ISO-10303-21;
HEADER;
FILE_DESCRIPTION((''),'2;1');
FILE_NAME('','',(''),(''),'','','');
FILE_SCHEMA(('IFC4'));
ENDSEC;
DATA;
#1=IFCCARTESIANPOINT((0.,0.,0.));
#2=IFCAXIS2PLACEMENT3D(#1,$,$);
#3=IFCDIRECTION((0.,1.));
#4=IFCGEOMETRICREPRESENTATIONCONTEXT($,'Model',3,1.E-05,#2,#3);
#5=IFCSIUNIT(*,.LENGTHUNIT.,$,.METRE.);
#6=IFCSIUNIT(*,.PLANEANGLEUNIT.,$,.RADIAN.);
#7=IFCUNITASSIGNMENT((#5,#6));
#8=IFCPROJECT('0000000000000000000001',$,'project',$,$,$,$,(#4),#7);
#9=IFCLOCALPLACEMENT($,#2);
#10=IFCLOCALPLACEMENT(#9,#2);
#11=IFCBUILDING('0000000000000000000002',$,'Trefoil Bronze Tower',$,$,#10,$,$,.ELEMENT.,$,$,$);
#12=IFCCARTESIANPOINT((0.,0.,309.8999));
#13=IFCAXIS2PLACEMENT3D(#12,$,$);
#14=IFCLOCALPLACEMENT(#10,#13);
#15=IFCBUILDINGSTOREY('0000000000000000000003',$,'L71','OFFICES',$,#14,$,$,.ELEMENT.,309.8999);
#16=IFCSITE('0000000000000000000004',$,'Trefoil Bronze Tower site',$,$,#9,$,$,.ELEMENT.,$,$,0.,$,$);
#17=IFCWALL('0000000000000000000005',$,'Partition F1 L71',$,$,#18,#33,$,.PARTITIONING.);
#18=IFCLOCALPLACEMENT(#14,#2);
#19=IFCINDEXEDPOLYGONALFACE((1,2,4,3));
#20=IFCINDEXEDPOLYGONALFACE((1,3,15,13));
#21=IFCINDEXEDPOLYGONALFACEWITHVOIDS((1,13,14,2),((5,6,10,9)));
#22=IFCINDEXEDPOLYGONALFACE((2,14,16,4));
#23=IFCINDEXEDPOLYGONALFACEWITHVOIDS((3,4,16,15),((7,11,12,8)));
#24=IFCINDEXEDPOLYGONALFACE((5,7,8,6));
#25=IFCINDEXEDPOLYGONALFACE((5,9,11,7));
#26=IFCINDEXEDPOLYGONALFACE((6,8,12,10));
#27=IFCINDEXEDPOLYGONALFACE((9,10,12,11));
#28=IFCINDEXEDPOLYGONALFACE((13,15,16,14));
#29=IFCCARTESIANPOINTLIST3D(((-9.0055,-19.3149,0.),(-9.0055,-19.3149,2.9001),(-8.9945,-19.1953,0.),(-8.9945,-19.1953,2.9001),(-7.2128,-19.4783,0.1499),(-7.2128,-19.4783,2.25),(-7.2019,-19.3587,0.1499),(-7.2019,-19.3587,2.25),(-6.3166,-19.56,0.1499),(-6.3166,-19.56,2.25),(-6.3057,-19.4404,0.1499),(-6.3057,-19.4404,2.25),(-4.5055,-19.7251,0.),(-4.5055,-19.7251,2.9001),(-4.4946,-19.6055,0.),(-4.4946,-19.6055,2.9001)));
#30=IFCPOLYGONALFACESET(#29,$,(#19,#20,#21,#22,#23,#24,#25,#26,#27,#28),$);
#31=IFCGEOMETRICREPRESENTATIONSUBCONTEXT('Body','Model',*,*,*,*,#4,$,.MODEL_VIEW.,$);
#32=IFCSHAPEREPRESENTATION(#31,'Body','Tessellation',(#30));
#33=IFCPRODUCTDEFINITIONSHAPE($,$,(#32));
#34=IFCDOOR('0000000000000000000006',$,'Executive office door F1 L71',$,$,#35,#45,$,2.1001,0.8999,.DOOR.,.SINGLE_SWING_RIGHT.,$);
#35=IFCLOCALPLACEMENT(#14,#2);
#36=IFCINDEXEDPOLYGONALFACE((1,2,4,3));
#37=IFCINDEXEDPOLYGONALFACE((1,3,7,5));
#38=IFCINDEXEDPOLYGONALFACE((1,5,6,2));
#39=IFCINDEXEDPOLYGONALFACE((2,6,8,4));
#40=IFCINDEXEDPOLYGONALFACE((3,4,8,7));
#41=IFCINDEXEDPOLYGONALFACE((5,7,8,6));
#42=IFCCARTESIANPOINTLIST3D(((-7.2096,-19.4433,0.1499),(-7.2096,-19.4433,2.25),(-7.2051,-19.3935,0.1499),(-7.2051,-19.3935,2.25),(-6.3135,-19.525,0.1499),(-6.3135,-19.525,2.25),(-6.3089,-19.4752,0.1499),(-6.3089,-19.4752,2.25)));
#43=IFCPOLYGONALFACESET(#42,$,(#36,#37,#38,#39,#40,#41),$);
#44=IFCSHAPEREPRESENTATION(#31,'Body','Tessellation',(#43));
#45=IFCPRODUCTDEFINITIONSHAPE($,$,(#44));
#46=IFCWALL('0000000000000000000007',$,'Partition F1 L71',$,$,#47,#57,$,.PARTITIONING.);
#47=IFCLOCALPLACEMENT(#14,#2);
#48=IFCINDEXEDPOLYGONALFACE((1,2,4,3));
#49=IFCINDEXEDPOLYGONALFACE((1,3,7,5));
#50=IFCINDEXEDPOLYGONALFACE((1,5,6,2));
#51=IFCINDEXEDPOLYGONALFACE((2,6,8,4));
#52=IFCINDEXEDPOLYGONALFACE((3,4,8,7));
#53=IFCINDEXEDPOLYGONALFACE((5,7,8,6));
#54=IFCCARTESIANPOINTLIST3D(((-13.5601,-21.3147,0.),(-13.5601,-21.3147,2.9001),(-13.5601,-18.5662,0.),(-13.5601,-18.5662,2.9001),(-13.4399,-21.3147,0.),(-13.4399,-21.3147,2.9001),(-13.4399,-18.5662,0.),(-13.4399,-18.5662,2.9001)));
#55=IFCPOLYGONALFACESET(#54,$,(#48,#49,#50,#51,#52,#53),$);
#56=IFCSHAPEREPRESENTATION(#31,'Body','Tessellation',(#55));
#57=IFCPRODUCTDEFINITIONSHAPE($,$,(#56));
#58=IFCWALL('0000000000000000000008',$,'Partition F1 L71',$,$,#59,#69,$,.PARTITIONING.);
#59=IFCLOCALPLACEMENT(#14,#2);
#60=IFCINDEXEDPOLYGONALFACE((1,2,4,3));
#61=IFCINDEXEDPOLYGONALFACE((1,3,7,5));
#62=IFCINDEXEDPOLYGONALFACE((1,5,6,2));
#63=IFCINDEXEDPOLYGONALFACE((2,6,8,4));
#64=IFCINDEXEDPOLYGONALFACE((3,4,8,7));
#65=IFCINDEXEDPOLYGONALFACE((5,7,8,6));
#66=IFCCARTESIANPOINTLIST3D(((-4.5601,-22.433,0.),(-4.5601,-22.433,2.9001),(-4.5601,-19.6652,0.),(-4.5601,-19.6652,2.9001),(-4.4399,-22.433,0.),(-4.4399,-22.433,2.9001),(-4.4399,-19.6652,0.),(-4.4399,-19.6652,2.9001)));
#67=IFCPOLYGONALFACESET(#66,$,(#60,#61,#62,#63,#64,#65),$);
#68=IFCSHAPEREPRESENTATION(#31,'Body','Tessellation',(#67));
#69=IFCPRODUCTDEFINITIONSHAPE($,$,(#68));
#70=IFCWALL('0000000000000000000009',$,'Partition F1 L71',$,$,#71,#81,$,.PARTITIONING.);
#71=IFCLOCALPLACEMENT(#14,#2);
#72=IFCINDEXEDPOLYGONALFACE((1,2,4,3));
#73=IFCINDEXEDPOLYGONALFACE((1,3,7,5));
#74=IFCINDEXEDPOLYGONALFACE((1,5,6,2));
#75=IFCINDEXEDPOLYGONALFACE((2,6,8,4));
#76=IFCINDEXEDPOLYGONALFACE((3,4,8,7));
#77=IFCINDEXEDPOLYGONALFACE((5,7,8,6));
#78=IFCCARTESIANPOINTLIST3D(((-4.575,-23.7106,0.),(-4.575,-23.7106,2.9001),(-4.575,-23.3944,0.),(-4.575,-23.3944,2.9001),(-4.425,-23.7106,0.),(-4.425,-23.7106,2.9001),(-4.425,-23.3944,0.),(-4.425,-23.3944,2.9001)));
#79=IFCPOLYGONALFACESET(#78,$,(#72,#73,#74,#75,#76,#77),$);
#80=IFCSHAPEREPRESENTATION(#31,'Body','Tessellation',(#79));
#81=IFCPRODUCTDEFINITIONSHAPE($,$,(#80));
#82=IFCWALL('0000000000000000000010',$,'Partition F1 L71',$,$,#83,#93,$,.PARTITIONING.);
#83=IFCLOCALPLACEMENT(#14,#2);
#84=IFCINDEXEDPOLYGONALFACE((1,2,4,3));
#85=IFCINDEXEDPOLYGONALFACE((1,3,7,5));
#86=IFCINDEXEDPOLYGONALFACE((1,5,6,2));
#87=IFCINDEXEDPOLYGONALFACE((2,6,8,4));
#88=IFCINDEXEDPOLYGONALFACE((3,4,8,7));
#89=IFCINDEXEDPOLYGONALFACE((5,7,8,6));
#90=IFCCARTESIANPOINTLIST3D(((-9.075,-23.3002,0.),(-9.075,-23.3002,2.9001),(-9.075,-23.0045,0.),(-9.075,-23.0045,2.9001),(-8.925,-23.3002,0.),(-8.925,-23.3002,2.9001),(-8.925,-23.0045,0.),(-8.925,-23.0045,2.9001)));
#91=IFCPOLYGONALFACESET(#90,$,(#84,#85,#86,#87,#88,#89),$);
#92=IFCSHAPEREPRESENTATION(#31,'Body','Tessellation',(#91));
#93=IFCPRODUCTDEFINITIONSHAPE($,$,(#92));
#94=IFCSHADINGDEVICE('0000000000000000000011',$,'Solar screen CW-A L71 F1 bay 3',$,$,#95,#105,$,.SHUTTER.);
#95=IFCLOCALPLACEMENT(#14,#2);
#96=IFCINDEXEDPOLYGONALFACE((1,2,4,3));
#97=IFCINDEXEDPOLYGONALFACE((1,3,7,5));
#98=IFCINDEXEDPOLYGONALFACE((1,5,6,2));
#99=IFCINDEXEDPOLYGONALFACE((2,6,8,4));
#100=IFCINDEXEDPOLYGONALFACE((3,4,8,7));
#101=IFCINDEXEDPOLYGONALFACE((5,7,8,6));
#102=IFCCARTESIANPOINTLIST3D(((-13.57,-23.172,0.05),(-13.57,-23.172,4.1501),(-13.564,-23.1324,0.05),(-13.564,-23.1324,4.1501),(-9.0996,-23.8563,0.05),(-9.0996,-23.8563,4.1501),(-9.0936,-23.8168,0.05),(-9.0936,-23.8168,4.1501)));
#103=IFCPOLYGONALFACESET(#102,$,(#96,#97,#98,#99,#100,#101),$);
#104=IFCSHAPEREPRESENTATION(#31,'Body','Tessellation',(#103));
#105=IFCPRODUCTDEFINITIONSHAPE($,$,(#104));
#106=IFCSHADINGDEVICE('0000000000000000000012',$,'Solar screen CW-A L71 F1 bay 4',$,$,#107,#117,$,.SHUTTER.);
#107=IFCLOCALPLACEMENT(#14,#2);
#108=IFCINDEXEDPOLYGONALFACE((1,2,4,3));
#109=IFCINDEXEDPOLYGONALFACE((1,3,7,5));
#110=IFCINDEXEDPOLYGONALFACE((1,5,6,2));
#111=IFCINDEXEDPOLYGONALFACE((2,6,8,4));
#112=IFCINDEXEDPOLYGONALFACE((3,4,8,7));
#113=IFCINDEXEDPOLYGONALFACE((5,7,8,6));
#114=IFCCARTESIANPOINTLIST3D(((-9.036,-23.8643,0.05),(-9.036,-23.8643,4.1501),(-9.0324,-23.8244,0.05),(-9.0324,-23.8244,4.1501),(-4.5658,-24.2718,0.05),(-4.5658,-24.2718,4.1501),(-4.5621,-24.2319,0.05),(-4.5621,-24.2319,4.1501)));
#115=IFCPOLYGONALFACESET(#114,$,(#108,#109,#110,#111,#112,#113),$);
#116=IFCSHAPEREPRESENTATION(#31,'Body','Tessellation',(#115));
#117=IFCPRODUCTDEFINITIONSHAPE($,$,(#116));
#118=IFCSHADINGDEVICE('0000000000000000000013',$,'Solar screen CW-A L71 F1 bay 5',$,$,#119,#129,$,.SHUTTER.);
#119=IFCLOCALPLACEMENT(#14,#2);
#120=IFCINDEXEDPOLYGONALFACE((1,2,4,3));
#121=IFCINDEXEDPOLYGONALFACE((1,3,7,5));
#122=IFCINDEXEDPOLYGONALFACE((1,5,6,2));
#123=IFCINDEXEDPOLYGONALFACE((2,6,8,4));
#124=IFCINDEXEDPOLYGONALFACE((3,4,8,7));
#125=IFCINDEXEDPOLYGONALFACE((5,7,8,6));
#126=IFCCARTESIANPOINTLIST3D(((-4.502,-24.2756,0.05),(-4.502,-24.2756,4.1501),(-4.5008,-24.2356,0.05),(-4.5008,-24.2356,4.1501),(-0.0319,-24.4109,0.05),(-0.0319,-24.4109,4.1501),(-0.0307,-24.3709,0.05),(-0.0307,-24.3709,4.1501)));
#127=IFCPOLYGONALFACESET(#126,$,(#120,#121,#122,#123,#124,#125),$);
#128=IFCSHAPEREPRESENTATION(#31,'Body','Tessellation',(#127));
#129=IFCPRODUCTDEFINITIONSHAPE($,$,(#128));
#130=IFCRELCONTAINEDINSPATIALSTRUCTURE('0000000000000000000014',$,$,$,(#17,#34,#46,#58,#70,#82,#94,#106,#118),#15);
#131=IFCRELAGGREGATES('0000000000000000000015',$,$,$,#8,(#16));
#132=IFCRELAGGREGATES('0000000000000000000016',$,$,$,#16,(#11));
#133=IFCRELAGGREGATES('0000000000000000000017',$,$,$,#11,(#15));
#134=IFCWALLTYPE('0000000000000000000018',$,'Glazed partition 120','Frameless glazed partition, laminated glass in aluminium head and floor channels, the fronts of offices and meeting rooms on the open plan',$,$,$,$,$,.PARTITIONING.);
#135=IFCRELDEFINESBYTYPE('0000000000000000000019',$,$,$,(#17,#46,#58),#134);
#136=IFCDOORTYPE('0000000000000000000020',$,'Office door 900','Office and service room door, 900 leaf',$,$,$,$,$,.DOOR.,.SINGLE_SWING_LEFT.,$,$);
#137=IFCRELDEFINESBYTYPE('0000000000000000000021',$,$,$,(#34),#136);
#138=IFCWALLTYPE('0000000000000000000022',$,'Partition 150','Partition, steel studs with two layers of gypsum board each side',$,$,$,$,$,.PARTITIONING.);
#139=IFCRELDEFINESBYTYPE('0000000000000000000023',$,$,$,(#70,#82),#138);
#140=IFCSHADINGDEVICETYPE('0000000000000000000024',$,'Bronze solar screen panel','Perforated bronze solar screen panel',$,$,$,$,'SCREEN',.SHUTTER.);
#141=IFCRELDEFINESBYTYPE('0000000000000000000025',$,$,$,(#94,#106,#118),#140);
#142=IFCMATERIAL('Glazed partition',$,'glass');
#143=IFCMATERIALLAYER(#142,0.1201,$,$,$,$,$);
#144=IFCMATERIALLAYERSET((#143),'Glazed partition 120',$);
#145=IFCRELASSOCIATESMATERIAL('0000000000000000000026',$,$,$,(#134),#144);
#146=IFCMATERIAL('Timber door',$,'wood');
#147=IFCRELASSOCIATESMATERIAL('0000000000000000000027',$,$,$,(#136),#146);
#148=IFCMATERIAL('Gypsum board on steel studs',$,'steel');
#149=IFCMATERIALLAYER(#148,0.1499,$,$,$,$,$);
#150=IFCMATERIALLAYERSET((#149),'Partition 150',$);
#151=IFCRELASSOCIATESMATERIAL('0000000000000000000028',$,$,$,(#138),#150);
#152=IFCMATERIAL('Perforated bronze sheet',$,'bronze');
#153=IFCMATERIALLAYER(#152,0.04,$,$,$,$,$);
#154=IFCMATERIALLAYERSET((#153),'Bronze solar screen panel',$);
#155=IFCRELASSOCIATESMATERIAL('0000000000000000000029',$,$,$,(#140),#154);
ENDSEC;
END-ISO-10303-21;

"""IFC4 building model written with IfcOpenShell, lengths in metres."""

from ifc_helpers import new_model, si_unit, direction, frame, frame_2d, origin, origin_2d, place, context, subcontext, project, spatial, rectangle, extrude, material, layer, layer_set, type_object, element, fill, save


model = new_model("IFC4")

# Units and contexts
model_context = context("Model", 3, precision=1e-05, world=origin(), true_north=direction((0.0, 1.0)))
body_context = subcontext(model_context, "Body", "Model", "MODEL_VIEW")
ifc_project = project(units=[si_unit("LENGTHUNIT", "METRE"), si_unit("PLANEANGLEUNIT", "RADIAN")], contexts=[model_context])

# Site, building, storey
site_placement = place(None, origin())
site = spatial("IfcSite", under=ifc_project, at=site_placement, Name="Trefoil Bronze Tower site", CompositionType="ELEMENT", RefElevation=0.0)
building_placement = place(site_placement, origin())
building = spatial("IfcBuilding", under=site, at=building_placement, Name="Trefoil Bronze Tower", CompositionType="ELEMENT")
storey_placement = place(building_placement, frame((0.0, 0.0, 309.8999)))
storey = spatial("IfcBuildingStorey", under=building, at=storey_placement, Name="L71", Description="OFFICES", CompositionType="ELEMENT", Elevation=309.8999)

# Shared definitions
ifc_material_1 = material(Name="Glazed partition", Category="glass")
ifc_layer_1 = layer(ifc_material_1, 0.1201)
ifc_layer_set_1 = layer_set([ifc_layer_1], Name="Glazed partition 120")
wall_type_1 = type_object("IfcWallType", Name="Glazed partition 120", Description="Frameless glazed partition, laminated glass in aluminium head and floor channels, the fronts of offices and meeting rooms on the open plan", PredefinedType="PARTITIONING", material=ifc_layer_set_1)

# Wall, opening, door
wall_1_placement = place(storey_placement, frame((-9.0, -19.2551, 0.0), z_axis=(0.0, 0.0, 1.0), x_axis=(0.995872, -0.09077, 0.0)))
wall_1 = element("IfcWall", 1, at=wall_1_placement, inside=storey, type_object=wall_type_1, Name="Partition F1 L71", PredefinedType="PARTITIONING", context=body_context, shape_type="SweptSolid", body=[
    extrude(rectangle(XDim=4.5186, YDim=0.1201, at=frame_2d((2.2593, 0.0))), origin(), (0.0, 0.0, 1.0), 2.9001),
])
opening_placement = place(wall_1_placement, frame((1.8, 0.0, 0.1499)))
opening = element("IfcOpeningElement", 2, at=opening_placement, cuts=wall_1, PredefinedType="OPENING", context=body_context, shape_type="SweptSolid", body=[
    extrude(rectangle(XDim=0.8999, YDim=2.1001, at=frame_2d((0.45, 1.05))), frame((0.0, 0.0701, 0.0), z_axis=(0.0, -1.0, 0.0), x_axis=(1.0, 0.0, 0.0)), (0.0, 0.0, 1.0), 0.1401),
])
ifc_material_2 = material(Name="Timber door", Category="wood")
door_type = type_object("IfcDoorType", Name="Office door 900", Description="Office and service room door, 900 leaf", OperationType="SINGLE_SWING_LEFT", PredefinedType="DOOR", material=ifc_material_2)
door_placement = place(opening_placement, frame((0.8999, 0.0, 0.0), z_axis=(0.0, 0.0, 1.0), x_axis=(-1.0, 0.0, 0.0)))
door = element("IfcDoor", 3, at=door_placement, inside=storey, type_object=door_type, Name="Executive office door F1 L71", OperationType="SINGLE_SWING_RIGHT", OverallHeight=2.1001, OverallWidth=0.8999, PredefinedType="DOOR", context=body_context, shape_type="SweptSolid", body=[
    extrude(rectangle(XDim=0.8999, YDim=2.1001, at=frame_2d((0.45, 1.05))), frame((0.0, 0.0249, 0.0), z_axis=(0.0, -1.0, 0.0), x_axis=(1.0, 0.0, 0.0)), (0.0, 0.0, 1.0), 0.05),
])
fill(opening, door)

# Walls
wall_2_placement = place(storey_placement, frame((-13.5, -18.5662, 0.0), z_axis=(0.0, 0.0, 1.0), x_axis=(0.0, -1.0, 0.0)))
element("IfcWall", 4, at=wall_2_placement, inside=storey, type_object=wall_type_1, Name="Partition F1 L71", PredefinedType="PARTITIONING", context=body_context, shape_type="SweptSolid", body=[
    extrude(rectangle(XDim=2.7485, YDim=0.1201, at=frame_2d((1.3743, 0.0))), origin(), (0.0, 0.0, 1.0), 2.9001),
])
wall_3_placement = place(storey_placement, frame((-4.5, -19.6653, 0.0), z_axis=(0.0, 0.0, 1.0), x_axis=(0.0, -1.0, 0.0)))
element("IfcWall", 5, at=wall_3_placement, inside=storey, type_object=wall_type_1, Name="Partition F1 L71", PredefinedType="PARTITIONING", context=body_context, shape_type="SweptSolid", body=[
    extrude(rectangle(XDim=2.7678, YDim=0.1201, at=frame_2d((1.3838, 0.0))), origin(), (0.0, 0.0, 1.0), 2.9001),
])
ifc_material_3 = material(Name="Gypsum board on steel studs", Category="steel")
ifc_layer_2 = layer(ifc_material_3, 0.1499)
ifc_layer_set_2 = layer_set([ifc_layer_2], Name="Partition 150")
wall_type_2 = type_object("IfcWallType", Name="Partition 150", Description="Partition, steel studs with two layers of gypsum board each side", PredefinedType="PARTITIONING", material=ifc_layer_set_2)
wall_4_placement = place(storey_placement, frame((-4.5, -23.3943, 0.0), z_axis=(0.0, 0.0, 1.0), x_axis=(0.0, -1.0, 0.0)))
element("IfcWall", 6, at=wall_4_placement, inside=storey, type_object=wall_type_2, Name="Partition F1 L71", PredefinedType="PARTITIONING", context=body_context, shape_type="SweptSolid", body=[
    extrude(rectangle(XDim=0.3162, YDim=0.1499, at=frame_2d((0.1582, 0.0))), origin(), (0.0, 0.0, 1.0), 2.9001),
])
wall_5_placement = place(storey_placement, frame((-9.0, -23.0044, 0.0), z_axis=(0.0, 0.0, 1.0), x_axis=(0.0, -1.0, 0.0)))
element("IfcWall", 7, at=wall_5_placement, inside=storey, type_object=wall_type_2, Name="Partition F1 L71", PredefinedType="PARTITIONING", context=body_context, shape_type="SweptSolid", body=[
    extrude(rectangle(XDim=0.2957, YDim=0.1499, at=frame_2d((0.1479, 0.0))), origin(), (0.0, 0.0, 1.0), 2.9001),
])

# Shading devices
ifc_material_4 = material(Name="Perforated bronze sheet", Category="bronze")
ifc_layer_3 = layer(ifc_material_4, 0.04)
ifc_layer_set_3 = layer_set([ifc_layer_3], Name="Bronze solar screen panel")
shading_device_type = type_object("IfcShadingDeviceType", Name="Bronze solar screen panel", Description="Perforated bronze solar screen panel", ElementType="SCREEN", PredefinedType="SHUTTER", material=ifc_layer_set_3)
shading_device_1_placement = place(storey_placement, frame((-11.3318, -23.4944, 0.05), z_axis=(0.0, 0.0, 1.0), x_axis=(0.988485, -0.151317, 0.0)))
element("IfcShadingDevice", 8, at=shading_device_1_placement, inside=storey, type_object=shading_device_type, Name="Solar screen CW-A L71 F1 bay 3", PredefinedType="SHUTTER", context=body_context, shape_type="SweptSolid", body=[
    extrude(rectangle(XDim=4.5225, YDim=0.04, at=origin_2d()), origin(), (0.0, 0.0, 1.0), 4.1001),
])
shading_device_2_placement = place(storey_placement, frame((-6.7991, -24.0481, 0.05), z_axis=(0.0, 0.0, 1.0), x_axis=(0.99587, -0.090789, 0.0)))
element("IfcShadingDevice", 9, at=shading_device_2_placement, inside=storey, type_object=shading_device_type, Name="Solar screen CW-A L71 F1 bay 4", PredefinedType="SHUTTER", context=body_context, shape_type="SweptSolid", body=[
    extrude(rectangle(XDim=4.4888, YDim=0.04, at=origin_2d()), origin(), (0.0, 0.0, 1.0), 4.1001),
])
shading_device_3_placement = place(storey_placement, frame((-2.2664, -24.3232, 0.05), z_axis=(0.0, 0.0, 1.0), x_axis=(0.999542, -0.030263, 0.0)))
element("IfcShadingDevice", 10, at=shading_device_3_placement, inside=storey, type_object=shading_device_type, Name="Solar screen CW-A L71 F1 bay 5", PredefinedType="SHUTTER", context=body_context, shape_type="SweptSolid", body=[
    extrude(rectangle(XDim=4.4722, YDim=0.04, at=origin_2d()), origin(), (0.0, 0.0, 1.0), 4.1001),
])

save(model, "model.ifc")
